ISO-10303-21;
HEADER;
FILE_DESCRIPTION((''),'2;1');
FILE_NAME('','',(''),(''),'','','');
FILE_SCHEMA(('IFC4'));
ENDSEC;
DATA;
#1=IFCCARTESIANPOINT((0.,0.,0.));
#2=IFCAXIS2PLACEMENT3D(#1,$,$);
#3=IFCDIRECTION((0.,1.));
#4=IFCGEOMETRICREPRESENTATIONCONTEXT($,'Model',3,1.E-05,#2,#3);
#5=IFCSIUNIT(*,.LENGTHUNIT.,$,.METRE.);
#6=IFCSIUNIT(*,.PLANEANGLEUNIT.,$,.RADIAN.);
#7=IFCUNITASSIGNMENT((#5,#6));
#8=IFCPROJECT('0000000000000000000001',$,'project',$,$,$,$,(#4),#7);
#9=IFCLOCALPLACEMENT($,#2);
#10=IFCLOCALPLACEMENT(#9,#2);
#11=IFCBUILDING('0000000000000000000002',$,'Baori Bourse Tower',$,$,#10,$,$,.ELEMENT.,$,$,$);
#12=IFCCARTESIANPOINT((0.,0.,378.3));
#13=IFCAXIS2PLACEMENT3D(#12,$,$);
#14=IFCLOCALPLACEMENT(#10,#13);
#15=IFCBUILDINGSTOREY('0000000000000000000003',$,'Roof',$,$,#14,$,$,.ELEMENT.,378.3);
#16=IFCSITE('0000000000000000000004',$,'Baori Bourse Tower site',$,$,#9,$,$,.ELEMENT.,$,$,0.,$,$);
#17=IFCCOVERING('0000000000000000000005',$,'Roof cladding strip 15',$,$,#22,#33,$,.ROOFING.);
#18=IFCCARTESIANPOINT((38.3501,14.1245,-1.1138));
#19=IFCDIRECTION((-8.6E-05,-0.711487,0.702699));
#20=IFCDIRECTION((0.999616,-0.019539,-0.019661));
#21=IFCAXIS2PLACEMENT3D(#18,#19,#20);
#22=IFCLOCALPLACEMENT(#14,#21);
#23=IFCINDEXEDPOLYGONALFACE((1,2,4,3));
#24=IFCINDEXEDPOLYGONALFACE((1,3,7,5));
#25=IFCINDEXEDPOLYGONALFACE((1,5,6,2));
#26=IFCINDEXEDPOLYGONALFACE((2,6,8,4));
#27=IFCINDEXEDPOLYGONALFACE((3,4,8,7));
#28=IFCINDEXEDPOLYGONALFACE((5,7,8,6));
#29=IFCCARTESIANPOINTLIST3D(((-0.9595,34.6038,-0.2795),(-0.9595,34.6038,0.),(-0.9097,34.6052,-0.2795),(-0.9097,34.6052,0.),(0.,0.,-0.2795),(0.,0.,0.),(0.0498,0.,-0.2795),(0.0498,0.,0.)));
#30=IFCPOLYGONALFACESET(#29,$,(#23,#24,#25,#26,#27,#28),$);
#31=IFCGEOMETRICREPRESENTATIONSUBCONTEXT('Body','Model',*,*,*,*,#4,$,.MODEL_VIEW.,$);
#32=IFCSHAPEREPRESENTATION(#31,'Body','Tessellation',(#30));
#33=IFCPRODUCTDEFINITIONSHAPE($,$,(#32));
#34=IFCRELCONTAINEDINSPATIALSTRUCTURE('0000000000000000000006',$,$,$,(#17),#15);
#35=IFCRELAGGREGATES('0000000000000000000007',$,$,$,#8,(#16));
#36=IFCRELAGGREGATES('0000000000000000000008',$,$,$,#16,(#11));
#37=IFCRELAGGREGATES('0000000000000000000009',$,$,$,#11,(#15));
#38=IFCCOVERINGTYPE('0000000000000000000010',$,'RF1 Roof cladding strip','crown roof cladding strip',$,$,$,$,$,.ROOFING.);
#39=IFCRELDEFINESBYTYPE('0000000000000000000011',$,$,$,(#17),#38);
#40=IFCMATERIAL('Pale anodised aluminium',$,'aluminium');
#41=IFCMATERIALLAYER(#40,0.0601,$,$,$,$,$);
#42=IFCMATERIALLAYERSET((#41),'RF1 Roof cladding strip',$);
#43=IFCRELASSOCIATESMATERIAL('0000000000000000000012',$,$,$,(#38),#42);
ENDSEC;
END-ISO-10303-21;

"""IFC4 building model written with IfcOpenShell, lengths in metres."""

from ifc_helpers import new_model, si_unit, direction, frame, origin, place, context, subcontext, project, spatial, polyline, outline, extrude, material, layer, layer_set, type_object, element, save


model = new_model("IFC4")

# Units and contexts
model_context = context("Model", 3, precision=1e-05, world=origin(), true_north=direction((0.0, 1.0)))
body_context = subcontext(model_context, "Body", "Model", "MODEL_VIEW")
ifc_project = project(units=[si_unit("LENGTHUNIT", "METRE"), si_unit("PLANEANGLEUNIT", "RADIAN")], contexts=[model_context])

# Site, building, storey
site_placement = place(None, origin())
site = spatial("IfcSite", under=ifc_project, at=site_placement, Name="Baori Bourse Tower site", CompositionType="ELEMENT", RefElevation=0.0)
building_placement = place(site_placement, origin())
building = spatial("IfcBuilding", under=site, at=building_placement, Name="Baori Bourse Tower", CompositionType="ELEMENT")
storey_placement = place(building_placement, frame((0.0, 0.0, 378.3)))
storey = spatial("IfcBuildingStorey", under=building, at=storey_placement, Name="Roof", CompositionType="ELEMENT", Elevation=378.3)

# Covering
ifc_material_1 = material(Name="Pale anodised aluminium", Category="aluminium")
ifc_layer_1 = layer(ifc_material_1, 0.0601)
ifc_layer_set_1 = layer_set([ifc_layer_1], Name="RF1 Roof cladding strip")
covering_type = type_object("IfcCoveringType", Name="RF1 Roof cladding strip", Description="crown roof cladding strip", PredefinedType="ROOFING", material=ifc_layer_set_1)
covering_1_placement = place(storey_placement, frame((38.3501, 14.1245, -1.1138), z_axis=(-0.000086, -0.711487, 0.702699), x_axis=(0.999616, -0.019539, -0.019661)))
element("IfcCovering", 1, at=covering_1_placement, inside=storey, type_object=covering_type, Name="Roof cladding strip 15", PredefinedType="ROOFING", context=body_context, shape_type="SweptSolid", body=[
    extrude(outline(polyline([(0.0, 0.0), (0.0498, 0.0), (-0.9097, 34.6052), (-0.9595, 34.6038), (0.0, 0.0)])), origin(), (0.0, 0.0, -1.0), 0.2795),
])

save(model, "model.ifc")
